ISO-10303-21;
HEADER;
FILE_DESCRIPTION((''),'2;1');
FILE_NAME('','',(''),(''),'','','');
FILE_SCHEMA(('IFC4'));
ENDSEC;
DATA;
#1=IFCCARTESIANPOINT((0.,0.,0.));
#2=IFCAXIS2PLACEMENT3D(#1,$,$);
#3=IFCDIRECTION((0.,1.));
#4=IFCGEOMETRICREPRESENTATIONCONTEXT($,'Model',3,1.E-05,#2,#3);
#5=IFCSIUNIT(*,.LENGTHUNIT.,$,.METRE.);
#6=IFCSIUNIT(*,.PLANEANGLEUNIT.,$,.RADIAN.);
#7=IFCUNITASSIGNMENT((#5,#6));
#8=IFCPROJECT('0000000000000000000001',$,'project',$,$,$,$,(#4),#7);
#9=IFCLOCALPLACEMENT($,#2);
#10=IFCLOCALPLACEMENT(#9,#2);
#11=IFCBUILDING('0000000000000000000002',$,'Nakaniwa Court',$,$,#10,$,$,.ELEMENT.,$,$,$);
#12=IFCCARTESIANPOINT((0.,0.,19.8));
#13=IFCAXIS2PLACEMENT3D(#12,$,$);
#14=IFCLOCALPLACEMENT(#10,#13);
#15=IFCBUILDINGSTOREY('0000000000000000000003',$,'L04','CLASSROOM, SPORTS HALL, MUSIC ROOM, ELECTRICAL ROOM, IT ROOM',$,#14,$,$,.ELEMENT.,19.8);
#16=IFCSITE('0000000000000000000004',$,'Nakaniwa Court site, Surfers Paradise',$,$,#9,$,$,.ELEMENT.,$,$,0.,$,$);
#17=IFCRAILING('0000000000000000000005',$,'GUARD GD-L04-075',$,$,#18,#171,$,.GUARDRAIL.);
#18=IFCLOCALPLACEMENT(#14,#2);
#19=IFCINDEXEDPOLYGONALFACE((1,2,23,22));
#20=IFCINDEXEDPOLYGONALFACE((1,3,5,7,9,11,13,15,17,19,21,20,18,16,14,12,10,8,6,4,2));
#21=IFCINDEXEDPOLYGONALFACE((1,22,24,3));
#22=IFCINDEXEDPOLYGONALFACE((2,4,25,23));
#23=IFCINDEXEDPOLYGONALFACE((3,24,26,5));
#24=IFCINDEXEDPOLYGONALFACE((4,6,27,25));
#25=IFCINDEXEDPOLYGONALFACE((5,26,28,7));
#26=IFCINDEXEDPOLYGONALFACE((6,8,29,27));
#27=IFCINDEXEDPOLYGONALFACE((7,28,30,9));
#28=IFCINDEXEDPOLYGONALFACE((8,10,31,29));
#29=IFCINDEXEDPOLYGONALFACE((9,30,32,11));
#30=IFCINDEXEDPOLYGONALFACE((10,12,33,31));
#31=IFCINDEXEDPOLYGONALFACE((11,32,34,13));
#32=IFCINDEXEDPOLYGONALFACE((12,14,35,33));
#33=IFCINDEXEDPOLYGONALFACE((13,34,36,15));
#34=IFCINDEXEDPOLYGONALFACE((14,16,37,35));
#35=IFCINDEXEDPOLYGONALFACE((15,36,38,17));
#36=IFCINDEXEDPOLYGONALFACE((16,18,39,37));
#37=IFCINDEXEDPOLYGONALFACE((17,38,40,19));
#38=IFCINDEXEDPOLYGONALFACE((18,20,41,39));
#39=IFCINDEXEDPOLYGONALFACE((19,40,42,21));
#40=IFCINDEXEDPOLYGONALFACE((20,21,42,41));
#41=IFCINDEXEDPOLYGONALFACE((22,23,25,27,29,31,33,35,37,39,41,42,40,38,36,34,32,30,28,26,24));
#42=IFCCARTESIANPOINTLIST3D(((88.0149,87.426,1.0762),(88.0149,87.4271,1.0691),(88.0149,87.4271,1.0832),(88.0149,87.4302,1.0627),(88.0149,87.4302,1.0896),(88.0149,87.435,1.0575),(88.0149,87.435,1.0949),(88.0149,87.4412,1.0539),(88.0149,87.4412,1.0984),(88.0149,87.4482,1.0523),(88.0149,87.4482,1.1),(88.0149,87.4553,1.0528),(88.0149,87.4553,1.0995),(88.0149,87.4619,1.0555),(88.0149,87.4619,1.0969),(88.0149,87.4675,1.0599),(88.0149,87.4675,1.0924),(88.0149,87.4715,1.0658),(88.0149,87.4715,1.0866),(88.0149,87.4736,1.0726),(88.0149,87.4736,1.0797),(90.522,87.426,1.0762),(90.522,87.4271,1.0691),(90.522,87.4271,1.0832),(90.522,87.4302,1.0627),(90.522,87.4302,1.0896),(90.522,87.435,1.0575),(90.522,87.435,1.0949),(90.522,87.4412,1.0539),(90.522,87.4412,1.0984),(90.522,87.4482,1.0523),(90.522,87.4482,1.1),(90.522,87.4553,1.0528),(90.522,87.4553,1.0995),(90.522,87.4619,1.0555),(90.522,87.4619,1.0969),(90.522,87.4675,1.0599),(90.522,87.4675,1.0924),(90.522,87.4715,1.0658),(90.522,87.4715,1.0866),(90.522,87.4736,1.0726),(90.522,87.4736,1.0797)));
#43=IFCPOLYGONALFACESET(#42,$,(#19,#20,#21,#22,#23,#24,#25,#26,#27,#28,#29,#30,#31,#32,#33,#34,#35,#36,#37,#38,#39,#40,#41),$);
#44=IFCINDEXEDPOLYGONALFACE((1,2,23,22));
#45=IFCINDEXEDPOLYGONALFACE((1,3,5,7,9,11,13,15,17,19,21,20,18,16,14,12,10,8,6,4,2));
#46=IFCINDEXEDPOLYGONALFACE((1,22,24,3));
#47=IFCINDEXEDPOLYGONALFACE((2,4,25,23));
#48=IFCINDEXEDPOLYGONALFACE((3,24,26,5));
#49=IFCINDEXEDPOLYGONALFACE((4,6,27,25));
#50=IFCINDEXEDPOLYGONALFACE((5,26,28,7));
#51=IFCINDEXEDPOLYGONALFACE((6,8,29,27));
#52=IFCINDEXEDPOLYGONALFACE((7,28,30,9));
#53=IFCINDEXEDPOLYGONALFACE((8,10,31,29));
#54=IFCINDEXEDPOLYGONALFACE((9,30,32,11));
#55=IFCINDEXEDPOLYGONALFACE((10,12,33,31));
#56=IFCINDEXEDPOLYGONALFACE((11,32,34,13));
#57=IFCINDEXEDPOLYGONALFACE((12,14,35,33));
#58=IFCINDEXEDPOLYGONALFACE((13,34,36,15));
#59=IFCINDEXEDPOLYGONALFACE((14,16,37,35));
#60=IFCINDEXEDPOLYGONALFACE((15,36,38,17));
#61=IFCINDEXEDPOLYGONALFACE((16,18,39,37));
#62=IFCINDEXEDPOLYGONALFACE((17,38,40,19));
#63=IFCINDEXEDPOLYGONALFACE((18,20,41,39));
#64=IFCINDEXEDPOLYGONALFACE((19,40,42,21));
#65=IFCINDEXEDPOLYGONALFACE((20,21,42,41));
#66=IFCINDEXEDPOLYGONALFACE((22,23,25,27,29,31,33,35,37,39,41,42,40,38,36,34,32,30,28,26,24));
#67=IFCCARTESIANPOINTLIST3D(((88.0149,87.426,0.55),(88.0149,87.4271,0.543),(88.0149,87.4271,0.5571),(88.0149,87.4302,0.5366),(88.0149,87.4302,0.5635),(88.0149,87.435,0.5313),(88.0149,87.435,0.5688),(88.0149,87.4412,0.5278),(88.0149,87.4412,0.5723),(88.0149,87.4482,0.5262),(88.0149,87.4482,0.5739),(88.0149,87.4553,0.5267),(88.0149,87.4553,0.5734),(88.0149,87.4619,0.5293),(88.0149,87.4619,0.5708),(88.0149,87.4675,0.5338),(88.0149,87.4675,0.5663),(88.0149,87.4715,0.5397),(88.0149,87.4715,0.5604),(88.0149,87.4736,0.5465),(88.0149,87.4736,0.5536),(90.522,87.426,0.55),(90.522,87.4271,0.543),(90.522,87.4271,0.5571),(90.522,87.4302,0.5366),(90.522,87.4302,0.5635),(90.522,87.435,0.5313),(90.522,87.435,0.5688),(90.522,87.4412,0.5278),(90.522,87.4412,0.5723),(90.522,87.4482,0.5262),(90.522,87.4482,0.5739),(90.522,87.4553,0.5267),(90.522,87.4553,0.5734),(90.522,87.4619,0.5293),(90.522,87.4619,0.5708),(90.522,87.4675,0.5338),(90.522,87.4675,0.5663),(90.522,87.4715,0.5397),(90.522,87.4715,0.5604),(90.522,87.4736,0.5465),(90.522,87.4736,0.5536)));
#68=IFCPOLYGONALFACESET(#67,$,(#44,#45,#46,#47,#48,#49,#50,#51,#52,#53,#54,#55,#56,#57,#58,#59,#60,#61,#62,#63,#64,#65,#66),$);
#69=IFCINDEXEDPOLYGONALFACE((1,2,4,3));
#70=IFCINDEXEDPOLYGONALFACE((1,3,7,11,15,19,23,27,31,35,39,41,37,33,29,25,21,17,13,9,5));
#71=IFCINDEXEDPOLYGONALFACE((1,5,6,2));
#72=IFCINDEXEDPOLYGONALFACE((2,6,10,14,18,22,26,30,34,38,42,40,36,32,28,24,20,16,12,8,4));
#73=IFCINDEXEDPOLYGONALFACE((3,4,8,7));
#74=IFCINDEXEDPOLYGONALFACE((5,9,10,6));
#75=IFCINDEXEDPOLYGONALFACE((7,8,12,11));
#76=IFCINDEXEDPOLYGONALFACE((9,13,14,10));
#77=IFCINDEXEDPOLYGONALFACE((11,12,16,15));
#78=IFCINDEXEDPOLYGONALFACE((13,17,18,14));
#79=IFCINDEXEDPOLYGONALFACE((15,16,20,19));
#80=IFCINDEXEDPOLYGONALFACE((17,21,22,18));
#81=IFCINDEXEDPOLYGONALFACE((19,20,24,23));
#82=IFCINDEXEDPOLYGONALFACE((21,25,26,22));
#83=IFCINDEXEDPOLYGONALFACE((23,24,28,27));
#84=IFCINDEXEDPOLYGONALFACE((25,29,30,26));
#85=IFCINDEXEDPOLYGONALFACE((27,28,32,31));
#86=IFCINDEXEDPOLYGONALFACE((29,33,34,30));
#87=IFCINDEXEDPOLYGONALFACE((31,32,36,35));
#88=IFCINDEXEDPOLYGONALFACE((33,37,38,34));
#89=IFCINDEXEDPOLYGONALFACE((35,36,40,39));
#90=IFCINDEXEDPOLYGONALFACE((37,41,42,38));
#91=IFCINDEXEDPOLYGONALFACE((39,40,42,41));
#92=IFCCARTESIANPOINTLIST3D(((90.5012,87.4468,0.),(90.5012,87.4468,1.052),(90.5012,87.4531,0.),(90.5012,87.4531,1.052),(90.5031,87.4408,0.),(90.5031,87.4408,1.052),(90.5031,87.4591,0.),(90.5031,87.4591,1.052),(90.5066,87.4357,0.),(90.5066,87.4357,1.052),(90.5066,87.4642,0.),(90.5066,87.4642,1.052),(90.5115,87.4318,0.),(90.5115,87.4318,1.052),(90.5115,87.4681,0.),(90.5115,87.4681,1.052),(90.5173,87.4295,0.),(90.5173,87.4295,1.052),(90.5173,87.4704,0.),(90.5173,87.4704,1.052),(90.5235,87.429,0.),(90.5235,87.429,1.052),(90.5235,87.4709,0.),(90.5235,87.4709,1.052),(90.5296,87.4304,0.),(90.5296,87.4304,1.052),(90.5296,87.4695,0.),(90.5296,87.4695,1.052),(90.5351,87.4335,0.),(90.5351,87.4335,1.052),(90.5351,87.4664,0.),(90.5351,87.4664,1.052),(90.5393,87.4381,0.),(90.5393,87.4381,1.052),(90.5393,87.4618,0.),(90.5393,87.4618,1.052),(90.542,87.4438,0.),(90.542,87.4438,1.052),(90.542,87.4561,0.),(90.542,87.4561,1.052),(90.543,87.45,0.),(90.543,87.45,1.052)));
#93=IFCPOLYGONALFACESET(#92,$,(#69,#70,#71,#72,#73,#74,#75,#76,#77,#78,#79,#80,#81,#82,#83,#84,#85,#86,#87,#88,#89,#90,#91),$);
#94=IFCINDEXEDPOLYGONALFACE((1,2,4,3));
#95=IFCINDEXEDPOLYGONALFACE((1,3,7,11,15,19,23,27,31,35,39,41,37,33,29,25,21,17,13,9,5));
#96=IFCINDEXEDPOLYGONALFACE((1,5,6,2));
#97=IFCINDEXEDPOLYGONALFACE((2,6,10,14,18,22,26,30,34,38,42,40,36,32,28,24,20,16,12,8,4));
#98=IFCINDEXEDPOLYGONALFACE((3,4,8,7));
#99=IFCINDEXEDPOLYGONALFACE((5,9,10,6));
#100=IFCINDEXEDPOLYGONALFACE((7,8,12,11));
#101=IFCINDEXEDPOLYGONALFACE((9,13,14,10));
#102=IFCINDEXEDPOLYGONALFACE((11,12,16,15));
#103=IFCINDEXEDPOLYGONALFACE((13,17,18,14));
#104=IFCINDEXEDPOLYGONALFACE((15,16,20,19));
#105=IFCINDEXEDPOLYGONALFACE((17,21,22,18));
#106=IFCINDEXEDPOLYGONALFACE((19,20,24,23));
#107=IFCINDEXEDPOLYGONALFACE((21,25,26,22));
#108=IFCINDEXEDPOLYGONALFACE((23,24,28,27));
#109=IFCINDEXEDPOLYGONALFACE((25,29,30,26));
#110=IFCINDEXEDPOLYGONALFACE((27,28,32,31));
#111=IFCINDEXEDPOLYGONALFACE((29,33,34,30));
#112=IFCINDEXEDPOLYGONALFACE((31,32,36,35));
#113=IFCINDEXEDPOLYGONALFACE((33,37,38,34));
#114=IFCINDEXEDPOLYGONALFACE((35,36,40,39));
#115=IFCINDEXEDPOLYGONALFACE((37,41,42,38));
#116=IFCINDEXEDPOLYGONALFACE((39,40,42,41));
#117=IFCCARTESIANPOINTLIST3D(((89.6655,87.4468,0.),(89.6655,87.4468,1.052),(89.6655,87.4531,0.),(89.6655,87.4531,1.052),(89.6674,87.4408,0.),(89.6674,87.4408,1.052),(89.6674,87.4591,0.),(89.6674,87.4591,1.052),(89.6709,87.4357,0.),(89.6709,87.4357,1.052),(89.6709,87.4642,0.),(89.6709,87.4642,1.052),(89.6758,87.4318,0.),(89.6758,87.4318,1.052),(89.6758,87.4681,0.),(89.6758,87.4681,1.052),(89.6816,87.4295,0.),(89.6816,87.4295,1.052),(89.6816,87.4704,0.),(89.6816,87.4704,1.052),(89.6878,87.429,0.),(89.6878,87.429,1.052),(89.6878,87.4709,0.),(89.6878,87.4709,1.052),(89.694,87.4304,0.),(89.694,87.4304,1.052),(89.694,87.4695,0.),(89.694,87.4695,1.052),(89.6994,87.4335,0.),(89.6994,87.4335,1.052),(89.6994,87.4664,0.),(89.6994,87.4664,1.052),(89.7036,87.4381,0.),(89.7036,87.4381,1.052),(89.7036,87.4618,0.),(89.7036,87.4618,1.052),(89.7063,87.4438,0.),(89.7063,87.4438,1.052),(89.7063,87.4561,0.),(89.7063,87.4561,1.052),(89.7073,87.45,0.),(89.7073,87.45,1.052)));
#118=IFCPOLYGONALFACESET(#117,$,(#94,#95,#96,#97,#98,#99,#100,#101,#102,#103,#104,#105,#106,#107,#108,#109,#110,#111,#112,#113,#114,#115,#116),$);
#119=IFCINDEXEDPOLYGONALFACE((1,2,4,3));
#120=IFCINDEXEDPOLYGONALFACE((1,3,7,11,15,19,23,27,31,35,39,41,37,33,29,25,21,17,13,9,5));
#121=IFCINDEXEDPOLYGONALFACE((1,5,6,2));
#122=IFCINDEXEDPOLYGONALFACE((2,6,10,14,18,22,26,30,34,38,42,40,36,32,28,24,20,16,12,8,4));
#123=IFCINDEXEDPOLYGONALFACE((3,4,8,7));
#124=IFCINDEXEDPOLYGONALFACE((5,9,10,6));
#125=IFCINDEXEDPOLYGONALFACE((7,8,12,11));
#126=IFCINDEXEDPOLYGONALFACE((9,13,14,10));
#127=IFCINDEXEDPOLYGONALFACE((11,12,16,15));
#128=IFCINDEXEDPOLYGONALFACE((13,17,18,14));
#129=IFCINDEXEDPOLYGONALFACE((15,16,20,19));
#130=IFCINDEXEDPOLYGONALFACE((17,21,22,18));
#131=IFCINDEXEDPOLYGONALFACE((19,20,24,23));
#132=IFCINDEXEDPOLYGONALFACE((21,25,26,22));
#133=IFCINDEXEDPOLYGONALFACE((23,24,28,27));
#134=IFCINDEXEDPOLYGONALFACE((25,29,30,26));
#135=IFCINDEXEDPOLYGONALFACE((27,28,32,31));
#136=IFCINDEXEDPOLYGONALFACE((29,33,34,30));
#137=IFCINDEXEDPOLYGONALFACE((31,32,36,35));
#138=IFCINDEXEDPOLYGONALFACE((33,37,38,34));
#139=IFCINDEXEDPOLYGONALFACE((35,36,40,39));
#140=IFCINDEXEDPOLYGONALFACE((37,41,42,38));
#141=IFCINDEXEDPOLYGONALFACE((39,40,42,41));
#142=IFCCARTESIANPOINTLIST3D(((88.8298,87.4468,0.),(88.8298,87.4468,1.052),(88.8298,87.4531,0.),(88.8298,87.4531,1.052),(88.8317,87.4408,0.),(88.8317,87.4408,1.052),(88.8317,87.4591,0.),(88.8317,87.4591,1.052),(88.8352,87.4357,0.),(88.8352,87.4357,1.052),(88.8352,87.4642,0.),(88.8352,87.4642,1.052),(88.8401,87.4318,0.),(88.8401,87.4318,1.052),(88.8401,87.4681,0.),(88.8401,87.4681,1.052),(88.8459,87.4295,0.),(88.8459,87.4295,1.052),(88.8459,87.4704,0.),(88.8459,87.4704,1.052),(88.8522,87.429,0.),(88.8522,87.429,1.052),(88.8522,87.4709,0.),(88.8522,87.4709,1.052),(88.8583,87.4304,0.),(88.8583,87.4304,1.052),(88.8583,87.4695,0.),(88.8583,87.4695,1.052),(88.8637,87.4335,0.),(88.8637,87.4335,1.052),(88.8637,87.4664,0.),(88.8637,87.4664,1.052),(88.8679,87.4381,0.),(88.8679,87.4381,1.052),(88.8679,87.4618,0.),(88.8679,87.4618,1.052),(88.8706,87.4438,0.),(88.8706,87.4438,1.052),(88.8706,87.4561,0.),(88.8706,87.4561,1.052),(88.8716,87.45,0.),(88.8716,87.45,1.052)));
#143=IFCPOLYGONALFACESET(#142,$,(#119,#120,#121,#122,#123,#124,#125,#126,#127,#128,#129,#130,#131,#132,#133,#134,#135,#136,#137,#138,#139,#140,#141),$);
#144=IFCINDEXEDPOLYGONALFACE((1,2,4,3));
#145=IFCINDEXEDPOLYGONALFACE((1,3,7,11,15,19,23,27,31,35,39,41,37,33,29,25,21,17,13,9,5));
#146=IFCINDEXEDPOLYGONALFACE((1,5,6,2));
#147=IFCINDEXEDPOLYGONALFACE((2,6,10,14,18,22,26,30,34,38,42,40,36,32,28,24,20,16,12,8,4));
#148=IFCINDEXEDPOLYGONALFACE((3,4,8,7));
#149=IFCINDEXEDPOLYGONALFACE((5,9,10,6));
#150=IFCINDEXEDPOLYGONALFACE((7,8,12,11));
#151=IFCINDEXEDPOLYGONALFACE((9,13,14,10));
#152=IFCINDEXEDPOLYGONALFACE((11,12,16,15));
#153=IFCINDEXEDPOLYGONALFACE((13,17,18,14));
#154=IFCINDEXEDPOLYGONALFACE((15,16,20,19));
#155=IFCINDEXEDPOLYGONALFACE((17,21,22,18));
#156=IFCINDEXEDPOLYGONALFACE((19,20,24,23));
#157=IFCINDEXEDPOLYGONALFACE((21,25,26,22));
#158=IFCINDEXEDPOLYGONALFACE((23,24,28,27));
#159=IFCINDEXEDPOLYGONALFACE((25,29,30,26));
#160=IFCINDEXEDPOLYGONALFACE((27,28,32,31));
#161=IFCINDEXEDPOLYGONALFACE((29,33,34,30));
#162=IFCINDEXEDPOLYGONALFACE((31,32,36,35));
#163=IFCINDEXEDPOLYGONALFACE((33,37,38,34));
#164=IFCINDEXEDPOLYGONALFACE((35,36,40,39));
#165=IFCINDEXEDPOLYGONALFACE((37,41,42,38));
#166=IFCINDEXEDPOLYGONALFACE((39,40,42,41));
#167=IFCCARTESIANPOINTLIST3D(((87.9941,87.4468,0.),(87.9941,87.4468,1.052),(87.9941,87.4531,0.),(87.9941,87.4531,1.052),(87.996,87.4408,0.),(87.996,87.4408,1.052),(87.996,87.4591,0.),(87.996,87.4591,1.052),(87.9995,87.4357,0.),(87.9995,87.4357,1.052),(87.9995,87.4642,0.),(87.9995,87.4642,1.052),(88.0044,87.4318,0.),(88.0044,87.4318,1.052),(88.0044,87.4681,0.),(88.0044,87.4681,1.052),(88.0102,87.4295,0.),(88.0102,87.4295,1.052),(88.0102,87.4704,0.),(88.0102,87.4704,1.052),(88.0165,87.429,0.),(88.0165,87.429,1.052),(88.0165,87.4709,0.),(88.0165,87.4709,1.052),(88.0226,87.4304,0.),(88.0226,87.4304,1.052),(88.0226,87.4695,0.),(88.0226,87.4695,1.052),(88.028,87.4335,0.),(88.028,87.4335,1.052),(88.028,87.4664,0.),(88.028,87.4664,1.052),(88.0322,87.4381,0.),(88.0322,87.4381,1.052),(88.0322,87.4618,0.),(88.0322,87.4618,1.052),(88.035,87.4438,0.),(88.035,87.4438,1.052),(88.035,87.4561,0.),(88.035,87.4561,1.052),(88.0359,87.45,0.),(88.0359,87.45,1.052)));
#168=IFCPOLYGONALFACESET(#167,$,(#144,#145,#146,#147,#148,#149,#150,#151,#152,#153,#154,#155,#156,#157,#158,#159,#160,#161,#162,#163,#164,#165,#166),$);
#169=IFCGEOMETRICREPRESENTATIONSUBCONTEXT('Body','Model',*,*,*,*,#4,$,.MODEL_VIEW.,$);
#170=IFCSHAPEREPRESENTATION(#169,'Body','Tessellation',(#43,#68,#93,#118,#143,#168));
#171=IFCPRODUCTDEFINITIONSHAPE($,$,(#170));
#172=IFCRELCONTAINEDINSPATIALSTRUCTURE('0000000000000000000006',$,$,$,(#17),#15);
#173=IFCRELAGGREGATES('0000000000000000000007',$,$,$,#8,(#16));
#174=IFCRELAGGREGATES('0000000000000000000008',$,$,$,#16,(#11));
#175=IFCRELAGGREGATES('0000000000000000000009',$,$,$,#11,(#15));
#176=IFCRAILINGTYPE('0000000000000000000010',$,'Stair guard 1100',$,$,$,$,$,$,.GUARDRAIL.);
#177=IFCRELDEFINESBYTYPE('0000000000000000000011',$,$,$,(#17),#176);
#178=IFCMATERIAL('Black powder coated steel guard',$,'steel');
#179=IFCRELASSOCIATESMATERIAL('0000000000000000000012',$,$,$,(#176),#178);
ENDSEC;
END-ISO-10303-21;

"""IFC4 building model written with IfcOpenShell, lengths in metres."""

from ifc_helpers import new_model, si_unit, direction, frame, origin, origin_2d, place, context, subcontext, project, spatial, circle, extrude, material, type_object, element, save


model = new_model("IFC4")

# Units and contexts
model_context = context("Model", 3, precision=1e-05, world=origin(), true_north=direction((0.0, 1.0)))
body_context = subcontext(model_context, "Body", "Model", "MODEL_VIEW")
ifc_project = project(units=[si_unit("LENGTHUNIT", "METRE"), si_unit("PLANEANGLEUNIT", "RADIAN")], contexts=[model_context])

# Site, building, storey
site_placement = place(None, origin())
site = spatial("IfcSite", under=ifc_project, at=site_placement, Name="Nakaniwa Court site, Surfers Paradise", CompositionType="ELEMENT", RefElevation=0.0)
building_placement = place(site_placement, origin())
building = spatial("IfcBuilding", under=site, at=building_placement, Name="Nakaniwa Court", CompositionType="ELEMENT")
storey_placement = place(building_placement, frame((0.0, 0.0, 19.8)))
storey = spatial("IfcBuildingStorey", under=building, at=storey_placement, Name="L04", Description="CLASSROOM, SPORTS HALL, MUSIC ROOM, ELECTRICAL ROOM, IT ROOM", CompositionType="ELEMENT", Elevation=19.8)

# Railing
ifc_material_1 = material(Name="Black powder coated steel guard", Category="steel")
railing_type = type_object("IfcRailingType", Name="Stair guard 1100", PredefinedType="GUARDRAIL", material=ifc_material_1)
railing_1_placement = place(storey_placement, frame((90.522, 87.45, 0.0)))
element("IfcRailing", 1, at=railing_1_placement, inside=storey, type_object=railing_type, Name="GUARD GD-L04-075", PredefinedType="GUARDRAIL", context=body_context, shape_type="SweptSolid", body=[
    extrude(circle(Radius=0.0239, at=origin_2d()), frame((0.0, 0.0, 1.0762), z_axis=(-1.0, 0.0, 0.0), x_axis=(0.0, -1.0, 0.0)), (0.0, 0.0, 1.0), 2.5071),
    extrude(circle(Radius=0.0239, at=origin_2d()), frame((0.0, 0.0, 0.55), z_axis=(-1.0, 0.0, 0.0), x_axis=(0.0, -1.0, 0.0)), (0.0, 0.0, 1.0), 2.5071),
    extrude(circle(Radius=0.021, at=origin_2d()), origin(), (0.0, 0.0, 1.0), 1.052),
    extrude(circle(Radius=0.021, at=origin_2d()), frame((-0.8357, 0.0, 0.0)), (0.0, 0.0, 1.0), 1.052),
    extrude(circle(Radius=0.021, at=origin_2d()), frame((-1.6714, 0.0, 0.0)), (0.0, 0.0, 1.0), 1.052),
    extrude(circle(Radius=0.021, at=origin_2d()), frame((-2.5071, 0.0, 0.0)), (0.0, 0.0, 1.0), 1.052),
])

save(model, "model.ifc")
